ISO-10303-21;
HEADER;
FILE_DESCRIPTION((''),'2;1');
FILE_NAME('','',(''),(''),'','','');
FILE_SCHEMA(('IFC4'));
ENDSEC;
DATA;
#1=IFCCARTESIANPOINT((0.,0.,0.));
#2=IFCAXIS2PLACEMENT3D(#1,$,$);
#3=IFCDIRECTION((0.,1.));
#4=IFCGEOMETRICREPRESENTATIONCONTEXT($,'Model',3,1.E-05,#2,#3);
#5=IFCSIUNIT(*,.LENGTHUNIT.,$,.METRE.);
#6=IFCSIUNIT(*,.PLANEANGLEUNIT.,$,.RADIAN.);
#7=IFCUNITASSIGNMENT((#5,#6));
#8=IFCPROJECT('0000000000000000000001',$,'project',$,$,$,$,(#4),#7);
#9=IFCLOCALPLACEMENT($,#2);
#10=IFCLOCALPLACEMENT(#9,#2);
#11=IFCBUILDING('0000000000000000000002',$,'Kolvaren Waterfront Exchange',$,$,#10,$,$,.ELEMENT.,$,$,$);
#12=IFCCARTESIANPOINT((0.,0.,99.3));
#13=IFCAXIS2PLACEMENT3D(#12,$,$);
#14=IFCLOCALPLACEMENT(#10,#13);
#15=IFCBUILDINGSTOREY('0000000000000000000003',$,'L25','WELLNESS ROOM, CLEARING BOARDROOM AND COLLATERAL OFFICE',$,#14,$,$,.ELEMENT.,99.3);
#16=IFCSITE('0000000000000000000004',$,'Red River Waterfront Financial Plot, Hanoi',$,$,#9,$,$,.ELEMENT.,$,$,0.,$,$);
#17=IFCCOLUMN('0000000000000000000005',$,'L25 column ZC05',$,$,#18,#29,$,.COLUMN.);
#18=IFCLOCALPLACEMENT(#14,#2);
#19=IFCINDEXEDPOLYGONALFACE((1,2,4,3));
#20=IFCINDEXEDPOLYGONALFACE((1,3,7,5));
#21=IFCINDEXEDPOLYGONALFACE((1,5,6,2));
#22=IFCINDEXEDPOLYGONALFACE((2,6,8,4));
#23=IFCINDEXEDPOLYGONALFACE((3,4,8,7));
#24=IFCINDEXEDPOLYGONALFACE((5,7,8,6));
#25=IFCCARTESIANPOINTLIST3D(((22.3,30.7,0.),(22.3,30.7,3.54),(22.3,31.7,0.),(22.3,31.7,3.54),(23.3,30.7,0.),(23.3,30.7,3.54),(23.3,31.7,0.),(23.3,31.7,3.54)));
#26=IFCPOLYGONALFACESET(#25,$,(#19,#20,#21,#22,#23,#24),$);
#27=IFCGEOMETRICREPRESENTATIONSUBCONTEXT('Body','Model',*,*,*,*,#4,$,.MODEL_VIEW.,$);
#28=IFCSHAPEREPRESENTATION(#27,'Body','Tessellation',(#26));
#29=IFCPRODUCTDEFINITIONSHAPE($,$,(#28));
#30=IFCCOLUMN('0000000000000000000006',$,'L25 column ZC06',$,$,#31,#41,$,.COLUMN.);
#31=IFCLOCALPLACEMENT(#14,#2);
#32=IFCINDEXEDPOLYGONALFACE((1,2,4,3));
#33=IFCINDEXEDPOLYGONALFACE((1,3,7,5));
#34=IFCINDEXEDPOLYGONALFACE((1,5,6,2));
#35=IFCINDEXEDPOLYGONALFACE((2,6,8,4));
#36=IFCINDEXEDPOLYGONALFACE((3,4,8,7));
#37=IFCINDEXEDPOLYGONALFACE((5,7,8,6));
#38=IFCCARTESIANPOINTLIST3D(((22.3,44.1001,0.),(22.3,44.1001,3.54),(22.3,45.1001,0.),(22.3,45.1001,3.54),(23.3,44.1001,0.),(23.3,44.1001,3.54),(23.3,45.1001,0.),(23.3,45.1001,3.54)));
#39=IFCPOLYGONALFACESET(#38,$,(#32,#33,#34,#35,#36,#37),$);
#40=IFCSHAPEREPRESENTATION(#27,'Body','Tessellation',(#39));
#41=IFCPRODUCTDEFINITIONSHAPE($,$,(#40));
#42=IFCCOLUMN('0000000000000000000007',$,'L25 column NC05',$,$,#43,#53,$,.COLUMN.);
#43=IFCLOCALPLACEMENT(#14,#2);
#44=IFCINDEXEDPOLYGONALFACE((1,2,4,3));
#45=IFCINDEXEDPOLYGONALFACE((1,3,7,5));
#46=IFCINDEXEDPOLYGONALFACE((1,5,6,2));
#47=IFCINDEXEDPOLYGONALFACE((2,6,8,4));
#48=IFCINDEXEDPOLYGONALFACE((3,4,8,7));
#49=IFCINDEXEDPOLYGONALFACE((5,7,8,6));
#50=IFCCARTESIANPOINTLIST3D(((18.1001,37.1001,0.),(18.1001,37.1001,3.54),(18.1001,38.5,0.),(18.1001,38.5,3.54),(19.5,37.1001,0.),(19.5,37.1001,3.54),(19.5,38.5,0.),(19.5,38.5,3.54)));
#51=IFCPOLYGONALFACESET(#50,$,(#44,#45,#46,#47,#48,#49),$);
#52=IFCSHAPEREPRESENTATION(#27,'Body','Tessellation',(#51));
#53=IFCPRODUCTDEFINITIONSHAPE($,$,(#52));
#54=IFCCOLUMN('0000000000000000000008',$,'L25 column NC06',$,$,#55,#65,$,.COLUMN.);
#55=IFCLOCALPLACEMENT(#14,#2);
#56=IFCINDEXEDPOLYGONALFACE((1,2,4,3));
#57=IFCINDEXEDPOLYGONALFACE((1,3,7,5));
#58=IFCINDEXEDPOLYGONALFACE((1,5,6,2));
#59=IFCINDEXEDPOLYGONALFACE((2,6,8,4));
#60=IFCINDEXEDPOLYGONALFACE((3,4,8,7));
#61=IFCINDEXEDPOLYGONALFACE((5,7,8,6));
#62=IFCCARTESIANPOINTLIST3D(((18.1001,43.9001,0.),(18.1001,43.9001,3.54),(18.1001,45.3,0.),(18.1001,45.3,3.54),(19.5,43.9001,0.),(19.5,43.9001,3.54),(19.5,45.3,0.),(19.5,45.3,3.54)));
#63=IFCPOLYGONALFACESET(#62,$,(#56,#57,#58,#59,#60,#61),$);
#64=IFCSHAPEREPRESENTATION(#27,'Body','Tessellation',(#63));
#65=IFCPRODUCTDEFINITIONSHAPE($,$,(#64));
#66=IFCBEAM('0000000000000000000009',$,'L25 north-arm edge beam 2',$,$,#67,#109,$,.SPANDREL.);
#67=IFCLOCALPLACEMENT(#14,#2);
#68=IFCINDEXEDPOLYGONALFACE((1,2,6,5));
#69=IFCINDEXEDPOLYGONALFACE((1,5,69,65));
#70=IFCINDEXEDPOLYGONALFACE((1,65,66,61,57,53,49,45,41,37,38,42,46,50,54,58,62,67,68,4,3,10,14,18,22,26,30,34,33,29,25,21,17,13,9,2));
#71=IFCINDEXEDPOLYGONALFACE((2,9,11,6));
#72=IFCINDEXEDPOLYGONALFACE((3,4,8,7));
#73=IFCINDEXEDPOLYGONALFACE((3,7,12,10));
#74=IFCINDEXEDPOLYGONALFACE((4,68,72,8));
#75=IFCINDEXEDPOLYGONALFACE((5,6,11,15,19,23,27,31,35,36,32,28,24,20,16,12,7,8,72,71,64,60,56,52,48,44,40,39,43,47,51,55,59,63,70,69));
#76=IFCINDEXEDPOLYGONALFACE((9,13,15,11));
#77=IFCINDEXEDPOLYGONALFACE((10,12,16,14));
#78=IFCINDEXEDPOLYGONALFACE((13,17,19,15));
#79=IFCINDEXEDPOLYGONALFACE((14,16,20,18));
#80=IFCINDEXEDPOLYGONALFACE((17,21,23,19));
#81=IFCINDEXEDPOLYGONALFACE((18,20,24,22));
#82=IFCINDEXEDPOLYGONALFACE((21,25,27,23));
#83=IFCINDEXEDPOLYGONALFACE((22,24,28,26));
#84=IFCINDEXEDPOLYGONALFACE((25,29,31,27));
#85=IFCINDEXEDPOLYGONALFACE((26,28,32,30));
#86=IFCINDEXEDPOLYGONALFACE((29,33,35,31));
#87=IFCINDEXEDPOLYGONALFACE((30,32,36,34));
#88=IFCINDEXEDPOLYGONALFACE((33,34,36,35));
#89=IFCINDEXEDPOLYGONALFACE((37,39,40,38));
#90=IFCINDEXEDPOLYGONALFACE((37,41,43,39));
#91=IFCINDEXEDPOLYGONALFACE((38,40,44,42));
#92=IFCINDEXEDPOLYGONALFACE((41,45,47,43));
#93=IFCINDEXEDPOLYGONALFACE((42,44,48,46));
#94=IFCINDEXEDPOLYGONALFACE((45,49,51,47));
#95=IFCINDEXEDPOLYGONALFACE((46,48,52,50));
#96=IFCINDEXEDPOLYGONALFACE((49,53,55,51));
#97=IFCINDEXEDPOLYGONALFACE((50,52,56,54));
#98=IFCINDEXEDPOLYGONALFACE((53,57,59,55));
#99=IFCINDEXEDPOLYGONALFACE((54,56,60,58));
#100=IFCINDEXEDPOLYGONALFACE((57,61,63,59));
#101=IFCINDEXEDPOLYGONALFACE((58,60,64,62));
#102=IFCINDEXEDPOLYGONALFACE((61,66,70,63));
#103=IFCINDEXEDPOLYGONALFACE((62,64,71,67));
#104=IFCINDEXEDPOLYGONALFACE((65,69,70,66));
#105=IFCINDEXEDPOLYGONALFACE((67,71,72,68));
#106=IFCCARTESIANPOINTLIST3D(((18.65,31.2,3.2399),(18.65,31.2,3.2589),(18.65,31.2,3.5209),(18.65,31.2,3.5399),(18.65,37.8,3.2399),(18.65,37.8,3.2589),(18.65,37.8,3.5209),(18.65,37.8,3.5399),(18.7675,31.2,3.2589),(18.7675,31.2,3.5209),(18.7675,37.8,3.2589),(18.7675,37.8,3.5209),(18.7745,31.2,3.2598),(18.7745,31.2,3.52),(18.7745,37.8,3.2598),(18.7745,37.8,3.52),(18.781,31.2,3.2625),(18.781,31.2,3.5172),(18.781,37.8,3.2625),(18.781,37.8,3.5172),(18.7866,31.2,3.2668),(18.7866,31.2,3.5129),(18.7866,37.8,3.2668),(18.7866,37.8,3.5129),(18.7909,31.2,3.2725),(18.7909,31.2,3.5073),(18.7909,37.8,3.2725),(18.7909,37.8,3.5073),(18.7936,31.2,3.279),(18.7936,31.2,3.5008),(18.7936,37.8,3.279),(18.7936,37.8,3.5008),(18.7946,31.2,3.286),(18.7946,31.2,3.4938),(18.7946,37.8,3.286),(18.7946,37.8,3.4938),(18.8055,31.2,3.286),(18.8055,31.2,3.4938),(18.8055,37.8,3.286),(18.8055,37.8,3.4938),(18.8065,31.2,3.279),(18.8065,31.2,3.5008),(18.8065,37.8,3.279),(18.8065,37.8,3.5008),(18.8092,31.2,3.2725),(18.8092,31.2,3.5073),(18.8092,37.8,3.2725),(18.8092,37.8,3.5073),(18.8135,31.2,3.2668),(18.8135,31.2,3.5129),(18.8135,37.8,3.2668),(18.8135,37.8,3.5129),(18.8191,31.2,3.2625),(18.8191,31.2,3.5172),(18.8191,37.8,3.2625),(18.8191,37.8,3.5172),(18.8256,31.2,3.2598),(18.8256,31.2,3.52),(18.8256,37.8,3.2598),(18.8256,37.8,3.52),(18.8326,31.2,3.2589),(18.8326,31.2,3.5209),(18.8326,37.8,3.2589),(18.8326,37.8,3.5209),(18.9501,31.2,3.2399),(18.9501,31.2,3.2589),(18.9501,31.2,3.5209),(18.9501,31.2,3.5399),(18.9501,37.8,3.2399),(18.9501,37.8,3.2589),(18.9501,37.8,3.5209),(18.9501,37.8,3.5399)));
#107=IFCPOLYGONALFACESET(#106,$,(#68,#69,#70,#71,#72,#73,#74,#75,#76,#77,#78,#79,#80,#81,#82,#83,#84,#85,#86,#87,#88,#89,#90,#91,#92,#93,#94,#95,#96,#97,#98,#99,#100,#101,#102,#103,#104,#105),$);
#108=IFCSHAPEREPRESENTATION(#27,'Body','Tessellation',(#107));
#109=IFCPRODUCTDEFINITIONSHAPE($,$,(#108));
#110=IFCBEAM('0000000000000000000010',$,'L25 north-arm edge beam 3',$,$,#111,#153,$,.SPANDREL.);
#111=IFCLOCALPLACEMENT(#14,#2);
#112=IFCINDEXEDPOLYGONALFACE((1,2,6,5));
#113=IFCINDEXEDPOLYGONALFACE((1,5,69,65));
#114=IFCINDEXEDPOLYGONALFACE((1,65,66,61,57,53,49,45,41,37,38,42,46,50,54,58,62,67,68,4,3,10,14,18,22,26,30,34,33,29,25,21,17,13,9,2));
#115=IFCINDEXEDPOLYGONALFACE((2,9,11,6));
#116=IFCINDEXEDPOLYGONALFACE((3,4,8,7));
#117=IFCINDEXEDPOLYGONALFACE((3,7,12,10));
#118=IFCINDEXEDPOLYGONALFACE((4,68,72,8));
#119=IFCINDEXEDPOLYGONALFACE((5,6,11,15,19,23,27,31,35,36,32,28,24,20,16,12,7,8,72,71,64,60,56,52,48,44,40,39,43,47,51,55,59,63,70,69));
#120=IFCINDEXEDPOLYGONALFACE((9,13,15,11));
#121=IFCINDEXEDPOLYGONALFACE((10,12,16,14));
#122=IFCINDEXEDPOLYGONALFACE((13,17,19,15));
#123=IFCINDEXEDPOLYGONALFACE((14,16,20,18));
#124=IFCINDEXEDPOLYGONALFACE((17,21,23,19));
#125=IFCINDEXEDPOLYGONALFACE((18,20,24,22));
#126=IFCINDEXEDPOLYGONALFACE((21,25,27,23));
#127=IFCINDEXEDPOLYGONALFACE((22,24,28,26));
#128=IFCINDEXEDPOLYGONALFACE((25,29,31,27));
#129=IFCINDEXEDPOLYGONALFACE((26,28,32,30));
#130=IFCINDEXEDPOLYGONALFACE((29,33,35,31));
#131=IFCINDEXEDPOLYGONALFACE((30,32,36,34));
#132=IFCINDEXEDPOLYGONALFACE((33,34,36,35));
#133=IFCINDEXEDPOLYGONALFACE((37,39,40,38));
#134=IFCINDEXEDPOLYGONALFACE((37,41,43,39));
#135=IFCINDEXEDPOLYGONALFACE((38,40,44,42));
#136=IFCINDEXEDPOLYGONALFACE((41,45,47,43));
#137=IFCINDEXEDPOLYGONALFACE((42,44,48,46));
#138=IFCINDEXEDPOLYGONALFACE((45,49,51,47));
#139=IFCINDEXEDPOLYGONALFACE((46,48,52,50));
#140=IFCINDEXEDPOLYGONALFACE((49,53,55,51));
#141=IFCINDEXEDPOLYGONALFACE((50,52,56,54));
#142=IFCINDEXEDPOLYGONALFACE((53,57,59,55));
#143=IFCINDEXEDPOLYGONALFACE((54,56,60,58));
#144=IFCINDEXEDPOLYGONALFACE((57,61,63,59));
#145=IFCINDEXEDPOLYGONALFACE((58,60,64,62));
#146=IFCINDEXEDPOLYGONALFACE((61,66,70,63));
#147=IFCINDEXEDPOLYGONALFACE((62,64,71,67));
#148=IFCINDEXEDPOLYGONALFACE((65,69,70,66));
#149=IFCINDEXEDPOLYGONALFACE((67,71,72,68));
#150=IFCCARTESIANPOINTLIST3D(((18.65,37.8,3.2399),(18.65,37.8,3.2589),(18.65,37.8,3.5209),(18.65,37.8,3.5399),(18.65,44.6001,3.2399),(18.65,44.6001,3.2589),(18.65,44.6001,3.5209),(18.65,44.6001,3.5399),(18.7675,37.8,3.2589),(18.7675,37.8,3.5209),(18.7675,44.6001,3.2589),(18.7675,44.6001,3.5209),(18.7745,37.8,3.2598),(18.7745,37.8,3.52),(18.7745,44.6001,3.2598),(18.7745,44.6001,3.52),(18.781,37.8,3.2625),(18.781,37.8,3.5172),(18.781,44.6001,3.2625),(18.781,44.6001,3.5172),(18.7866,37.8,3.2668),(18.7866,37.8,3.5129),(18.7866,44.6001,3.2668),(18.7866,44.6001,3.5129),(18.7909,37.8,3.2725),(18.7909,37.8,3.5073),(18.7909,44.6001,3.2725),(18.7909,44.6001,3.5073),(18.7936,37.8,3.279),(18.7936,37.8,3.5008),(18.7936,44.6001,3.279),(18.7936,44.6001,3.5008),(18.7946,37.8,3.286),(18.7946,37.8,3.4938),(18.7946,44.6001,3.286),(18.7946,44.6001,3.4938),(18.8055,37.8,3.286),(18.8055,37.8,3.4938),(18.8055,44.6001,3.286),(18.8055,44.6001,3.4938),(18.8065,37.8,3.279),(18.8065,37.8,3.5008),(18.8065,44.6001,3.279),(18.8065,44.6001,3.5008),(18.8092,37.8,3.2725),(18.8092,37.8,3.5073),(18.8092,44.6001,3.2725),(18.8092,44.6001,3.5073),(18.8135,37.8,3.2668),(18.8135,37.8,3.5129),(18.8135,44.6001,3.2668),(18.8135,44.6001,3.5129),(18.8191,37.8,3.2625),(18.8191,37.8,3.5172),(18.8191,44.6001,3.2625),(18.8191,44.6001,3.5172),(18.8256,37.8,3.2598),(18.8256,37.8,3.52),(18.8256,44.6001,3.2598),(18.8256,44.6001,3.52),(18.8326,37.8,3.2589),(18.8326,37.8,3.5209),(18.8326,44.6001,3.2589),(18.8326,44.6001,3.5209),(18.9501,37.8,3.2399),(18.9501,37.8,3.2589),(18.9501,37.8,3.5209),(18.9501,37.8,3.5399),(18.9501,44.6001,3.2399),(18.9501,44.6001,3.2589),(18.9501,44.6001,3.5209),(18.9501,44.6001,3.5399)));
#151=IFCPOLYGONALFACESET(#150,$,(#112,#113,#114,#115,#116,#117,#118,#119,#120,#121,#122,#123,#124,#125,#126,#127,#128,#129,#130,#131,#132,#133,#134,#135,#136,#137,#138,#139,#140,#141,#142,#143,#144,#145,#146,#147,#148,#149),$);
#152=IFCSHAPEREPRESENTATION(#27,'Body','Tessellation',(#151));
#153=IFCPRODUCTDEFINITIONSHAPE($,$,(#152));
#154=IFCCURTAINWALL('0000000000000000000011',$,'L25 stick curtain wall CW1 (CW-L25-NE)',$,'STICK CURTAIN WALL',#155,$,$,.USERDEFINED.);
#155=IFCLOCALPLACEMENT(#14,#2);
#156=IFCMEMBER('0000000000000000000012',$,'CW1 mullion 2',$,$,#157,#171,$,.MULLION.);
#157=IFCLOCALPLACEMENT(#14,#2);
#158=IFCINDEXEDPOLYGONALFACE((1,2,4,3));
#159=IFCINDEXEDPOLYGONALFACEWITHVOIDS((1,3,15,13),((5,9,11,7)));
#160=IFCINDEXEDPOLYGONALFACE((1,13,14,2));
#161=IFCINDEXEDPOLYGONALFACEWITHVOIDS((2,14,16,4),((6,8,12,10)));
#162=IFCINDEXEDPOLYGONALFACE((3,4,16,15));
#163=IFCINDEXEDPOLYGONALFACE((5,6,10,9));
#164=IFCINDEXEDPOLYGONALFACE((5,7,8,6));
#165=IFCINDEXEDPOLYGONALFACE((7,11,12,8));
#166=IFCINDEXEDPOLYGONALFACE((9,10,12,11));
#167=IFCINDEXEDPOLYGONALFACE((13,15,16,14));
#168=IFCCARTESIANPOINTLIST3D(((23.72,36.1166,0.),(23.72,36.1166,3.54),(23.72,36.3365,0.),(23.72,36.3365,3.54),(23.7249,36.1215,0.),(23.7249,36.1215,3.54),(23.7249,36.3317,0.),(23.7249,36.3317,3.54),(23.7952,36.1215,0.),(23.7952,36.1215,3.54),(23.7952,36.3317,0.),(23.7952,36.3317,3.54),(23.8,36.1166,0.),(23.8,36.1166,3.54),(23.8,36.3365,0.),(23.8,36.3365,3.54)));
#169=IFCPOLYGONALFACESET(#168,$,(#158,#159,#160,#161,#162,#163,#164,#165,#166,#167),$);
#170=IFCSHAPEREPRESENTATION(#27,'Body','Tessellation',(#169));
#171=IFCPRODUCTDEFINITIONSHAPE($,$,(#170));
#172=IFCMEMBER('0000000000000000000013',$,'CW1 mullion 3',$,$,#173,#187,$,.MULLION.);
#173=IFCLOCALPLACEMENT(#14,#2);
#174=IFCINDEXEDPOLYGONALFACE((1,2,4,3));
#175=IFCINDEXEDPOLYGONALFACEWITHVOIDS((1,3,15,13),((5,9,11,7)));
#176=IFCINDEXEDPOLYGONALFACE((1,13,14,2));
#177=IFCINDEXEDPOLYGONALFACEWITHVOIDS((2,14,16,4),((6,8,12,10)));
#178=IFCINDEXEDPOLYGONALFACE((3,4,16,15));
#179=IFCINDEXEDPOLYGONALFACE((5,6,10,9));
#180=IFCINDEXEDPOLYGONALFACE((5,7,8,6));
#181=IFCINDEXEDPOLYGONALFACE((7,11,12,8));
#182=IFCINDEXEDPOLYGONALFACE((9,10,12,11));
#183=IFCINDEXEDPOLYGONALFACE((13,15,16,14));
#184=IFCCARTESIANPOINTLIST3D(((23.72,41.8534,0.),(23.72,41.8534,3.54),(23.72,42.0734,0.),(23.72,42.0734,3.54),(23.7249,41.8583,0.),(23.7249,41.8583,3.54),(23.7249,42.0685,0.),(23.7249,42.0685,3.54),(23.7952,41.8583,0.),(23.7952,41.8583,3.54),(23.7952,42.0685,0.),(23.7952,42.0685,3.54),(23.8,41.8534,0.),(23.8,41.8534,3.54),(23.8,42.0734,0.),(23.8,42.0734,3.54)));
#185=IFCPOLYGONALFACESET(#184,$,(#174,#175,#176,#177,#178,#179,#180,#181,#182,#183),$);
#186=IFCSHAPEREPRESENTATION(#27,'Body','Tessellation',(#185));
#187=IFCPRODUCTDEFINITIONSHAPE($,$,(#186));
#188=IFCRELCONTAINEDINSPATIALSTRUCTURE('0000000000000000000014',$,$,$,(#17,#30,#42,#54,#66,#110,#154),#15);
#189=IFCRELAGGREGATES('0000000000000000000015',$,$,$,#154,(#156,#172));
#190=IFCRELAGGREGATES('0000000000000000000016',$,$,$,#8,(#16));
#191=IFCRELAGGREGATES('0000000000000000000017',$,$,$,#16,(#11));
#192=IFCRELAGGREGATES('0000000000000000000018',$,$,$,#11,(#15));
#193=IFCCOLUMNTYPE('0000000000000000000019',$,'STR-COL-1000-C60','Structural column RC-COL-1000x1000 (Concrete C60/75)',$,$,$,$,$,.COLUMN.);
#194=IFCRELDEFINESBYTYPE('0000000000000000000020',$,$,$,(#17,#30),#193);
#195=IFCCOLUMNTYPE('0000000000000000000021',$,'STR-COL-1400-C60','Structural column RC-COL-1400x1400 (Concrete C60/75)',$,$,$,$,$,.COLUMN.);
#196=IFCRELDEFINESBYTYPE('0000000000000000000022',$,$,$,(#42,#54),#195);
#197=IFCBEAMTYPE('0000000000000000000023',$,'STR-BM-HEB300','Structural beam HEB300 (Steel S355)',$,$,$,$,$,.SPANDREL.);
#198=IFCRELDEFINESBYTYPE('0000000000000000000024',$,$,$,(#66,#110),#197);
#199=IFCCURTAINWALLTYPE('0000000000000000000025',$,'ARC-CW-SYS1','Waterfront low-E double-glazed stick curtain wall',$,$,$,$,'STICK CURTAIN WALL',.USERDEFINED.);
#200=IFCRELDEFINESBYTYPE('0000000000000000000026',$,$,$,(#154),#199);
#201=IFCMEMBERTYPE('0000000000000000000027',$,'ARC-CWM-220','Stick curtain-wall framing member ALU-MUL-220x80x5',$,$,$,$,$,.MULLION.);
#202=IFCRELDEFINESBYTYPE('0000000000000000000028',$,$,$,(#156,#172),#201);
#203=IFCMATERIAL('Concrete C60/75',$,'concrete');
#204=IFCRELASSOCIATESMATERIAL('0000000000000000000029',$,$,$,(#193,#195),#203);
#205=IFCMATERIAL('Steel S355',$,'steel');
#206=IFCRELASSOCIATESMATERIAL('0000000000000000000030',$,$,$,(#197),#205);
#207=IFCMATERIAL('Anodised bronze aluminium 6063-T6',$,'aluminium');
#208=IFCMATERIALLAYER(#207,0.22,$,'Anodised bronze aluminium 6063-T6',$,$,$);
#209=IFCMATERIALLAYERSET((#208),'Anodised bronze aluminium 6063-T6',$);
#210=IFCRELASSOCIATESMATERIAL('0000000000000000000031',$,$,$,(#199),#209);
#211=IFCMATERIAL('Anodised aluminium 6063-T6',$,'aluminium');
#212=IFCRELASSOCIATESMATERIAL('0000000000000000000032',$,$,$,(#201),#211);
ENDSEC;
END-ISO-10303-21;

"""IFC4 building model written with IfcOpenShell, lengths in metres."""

from ifc_helpers import new_model, si_unit, direction, frame, origin, origin_with_axes, origin_2d, place, context, subcontext, project, spatial, rectangle, hollow_rectangle, i_section, extrude, source, transform, mapped, material, layer, layer_set, material_profile, profile_set, type_object, element, aggregate, save


model = new_model("IFC4")

# Units and contexts
model_context = context("Model", 3, precision=1e-05, world=origin(), true_north=direction((0.0, 1.0)))
body_context = subcontext(model_context, "Body", "Model", "MODEL_VIEW")
ifc_project = project(units=[si_unit("LENGTHUNIT", "METRE"), si_unit("PLANEANGLEUNIT", "RADIAN")], contexts=[model_context])

# Site, building, storey
site_placement = place(None, origin())
site = spatial("IfcSite", under=ifc_project, at=site_placement, Name="Red River Waterfront Financial Plot, Hanoi", CompositionType="ELEMENT", RefElevation=0.0)
building_placement = place(site_placement, origin())
building = spatial("IfcBuilding", under=site, at=building_placement, Name="Kolvaren Waterfront Exchange", CompositionType="ELEMENT")
storey_placement = place(building_placement, frame((0.0, 0.0, 99.3)))
storey = spatial("IfcBuildingStorey", under=building, at=storey_placement, Name="L25", Description="WELLNESS ROOM, CLEARING BOARDROOM AND COLLATERAL OFFICE", CompositionType="ELEMENT", Elevation=99.3)

# Columns
ifc_material_1 = material(Name="Concrete C60/75", Category="concrete")
ifc_material_profile_1 = material_profile(ifc_material_1, rectangle(XDim=1.0, YDim=1.0, at=origin_2d()), Name="RC-COL-1000x1000")
ifc_profile_set_1 = profile_set([ifc_material_profile_1], Name="Concrete C60/75")
column_type_1 = type_object("IfcColumnType", Name="STR-COL-1000-C60", Description="Structural column RC-COL-1000x1000 (Concrete C60/75)", PredefinedType="COLUMN", material=ifc_profile_set_1)
for number, where, z_axis, x_axis, name in (
    (1, (22.8, 31.2, 0.0), (0.0, 0.0, 1.0), (1.0, 0.0, 0.0), "L25 column ZC05"),
    (2, (22.8, 44.6001, 0.0), (0.0, 0.0, 1.0), (1.0, 0.0, 0.0), "L25 column ZC06"),
):
    element("IfcColumn", number, at=place(storey_placement, frame(where, z_axis=z_axis, x_axis=x_axis)), inside=storey, type_object=column_type_1, Name=name, PredefinedType="COLUMN", context=body_context, shape_type="SweptSolid", body=[
        extrude(rectangle(XDim=1.0, YDim=1.0, at=origin_2d()), origin(), (0.0, 0.0, 1.0), 3.54),
    ])
ifc_material_profile_2 = material_profile(ifc_material_1, rectangle(XDim=1.3999, YDim=1.3999, at=origin_2d()), Name="RC-COL-1400x1400")
ifc_profile_set_2 = profile_set([ifc_material_profile_2], Name="Concrete C60/75")
column_type_2 = type_object("IfcColumnType", Name="STR-COL-1400-C60", Description="Structural column RC-COL-1400x1400 (Concrete C60/75)", PredefinedType="COLUMN", material=ifc_profile_set_2)
for number, where, z_axis, x_axis, name in (
    (3, (18.8, 37.8, 0.0), (0.0, 0.0, 1.0), (1.0, 0.0, 0.0), "L25 column NC05"),
    (4, (18.8, 44.6001, 0.0), (0.0, 0.0, 1.0), (1.0, 0.0, 0.0), "L25 column NC06"),
):
    element("IfcColumn", number, at=place(storey_placement, frame(where, z_axis=z_axis, x_axis=x_axis)), inside=storey, type_object=column_type_2, Name=name, PredefinedType="COLUMN", context=body_context, shape_type="SweptSolid", body=[
        extrude(rectangle(XDim=1.3999, YDim=1.3999, at=origin_2d()), origin(), (0.0, 0.0, 1.0), 3.54),
    ])

# Beams
ifc_material_2 = material(Name="Steel S355", Category="steel")
ifc_material_profile_3 = material_profile(ifc_material_2, i_section(OverallWidth=0.3, OverallDepth=0.3, WebThickness=0.011, FlangeThickness=0.019, FilletRadius=0.0271, at=origin_2d()), Name="HEB300")
ifc_profile_set_3 = profile_set([ifc_material_profile_3], Name="Steel S355")
beam_type = type_object("IfcBeamType", Name="STR-BM-HEB300", Description="Structural beam HEB300 (Steel S355)", PredefinedType="SPANDREL", material=ifc_profile_set_3)
beam_1_placement = place(storey_placement, frame((18.8, 31.2, 3.3899), z_axis=(0.0, 1.0, 0.0), x_axis=(-1.0, 0.0, 0.0)))
element("IfcBeam", 5, at=beam_1_placement, inside=storey, type_object=beam_type, Name="L25 north-arm edge beam 2", PredefinedType="SPANDREL", context=body_context, shape_type="SweptSolid", body=[
    extrude(i_section(OverallWidth=0.3, OverallDepth=0.3, WebThickness=0.011, FlangeThickness=0.019, FilletRadius=0.0271, at=origin_2d()), origin(), (0.0, 0.0, 1.0), 6.6001),
])
beam_2_placement = place(storey_placement, frame((18.8, 37.8, 3.3899), z_axis=(0.0, 1.0, 0.0), x_axis=(-1.0, 0.0, 0.0)))
element("IfcBeam", 6, at=beam_2_placement, inside=storey, type_object=beam_type, Name="L25 north-arm edge beam 3", PredefinedType="SPANDREL", context=body_context, shape_type="SweptSolid", body=[
    extrude(i_section(OverallWidth=0.3, OverallDepth=0.3, WebThickness=0.011, FlangeThickness=0.019, FilletRadius=0.0271, at=origin_2d()), origin(), (0.0, 0.0, 1.0), 6.8),
])

# Curtain wall, members
ifc_material_3 = material(Name="Anodised bronze aluminium 6063-T6", Category="aluminium")
ifc_layer_1 = layer(ifc_material_3, 0.22, Name="Anodised bronze aluminium 6063-T6")
ifc_layer_set_1 = layer_set([ifc_layer_1], Name="Anodised bronze aluminium 6063-T6")
curtain_wall_type = type_object("IfcCurtainWallType", Name="ARC-CW-SYS1", Description="Waterfront low-E double-glazed stick curtain wall", ElementType="STICK CURTAIN WALL", PredefinedType="USERDEFINED", material=ifc_layer_set_1)
curtain_wall_placement = place(storey_placement, origin())
curtain_wall = element("IfcCurtainWall", 7, at=curtain_wall_placement, inside=storey, type_object=curtain_wall_type, Name="L25 stick curtain wall CW1 (CW-L25-NE)", ObjectType="STICK CURTAIN WALL", PredefinedType="USERDEFINED")
ifc_material_4 = material(Name="Anodised aluminium 6063-T6", Category="aluminium")
ifc_material_profile_4 = material_profile(ifc_material_4, hollow_rectangle(XDim=0.0801, YDim=0.22, WallThickness=0.0049, at=origin_2d()), Name="ALU-MUL-220x80x5")
ifc_profile_set_4 = profile_set([ifc_material_profile_4], Name="Anodised aluminium 6063-T6")
member_type_1 = type_object("IfcMemberType", Name="ARC-CWM-220", Description="Stick curtain-wall framing member ALU-MUL-220x80x5", PredefinedType="MULLION", material=ifc_profile_set_4)
shared_shape_1 = source(origin_with_axes(), body_context, "Body", "SweptSolid", [
    extrude(hollow_rectangle(XDim=0.0801, YDim=0.22, WallThickness=0.0049, at=origin_2d()), origin(), (0.0, 0.0, 1.0), 3.54),
])
member_1_placement = place(storey_placement, frame((23.76, 36.2266, 0.0), z_axis=(0.0, 0.0, 1.0), x_axis=(-1.0, 0.0, 0.0)))
member_1 = element("IfcMember", 8, at=member_1_placement, type_object=member_type_1, Name="CW1 mullion 2", PredefinedType="MULLION", context=body_context, shape_type="MappedRepresentation", body=[
    mapped(shared_shape_1, transform((0.0, 0.0, 0.0), x_axis=(1.0, 0.0, 0.0), y_axis=(0.0, 1.0, 0.0), z_axis=(0.0, 0.0, 1.0), scale=1.0)),
])
member_2_placement = place(storey_placement, frame((23.76, 41.9634, 0.0), z_axis=(0.0, 0.0, 1.0), x_axis=(-1.0, 0.0, 0.0)))
member_2 = element("IfcMember", 9, at=member_2_placement, type_object=member_type_1, Name="CW1 mullion 3", PredefinedType="MULLION", context=body_context, shape_type="MappedRepresentation", body=[
    mapped(shared_shape_1, transform((0.0, 0.0, 0.0), x_axis=(1.0, 0.0, 0.0), y_axis=(0.0, 1.0, 0.0), z_axis=(0.0, 0.0, 1.0), scale=1.0)),
])
aggregate(curtain_wall, [member_1, member_2])

save(model, "model.ifc")
